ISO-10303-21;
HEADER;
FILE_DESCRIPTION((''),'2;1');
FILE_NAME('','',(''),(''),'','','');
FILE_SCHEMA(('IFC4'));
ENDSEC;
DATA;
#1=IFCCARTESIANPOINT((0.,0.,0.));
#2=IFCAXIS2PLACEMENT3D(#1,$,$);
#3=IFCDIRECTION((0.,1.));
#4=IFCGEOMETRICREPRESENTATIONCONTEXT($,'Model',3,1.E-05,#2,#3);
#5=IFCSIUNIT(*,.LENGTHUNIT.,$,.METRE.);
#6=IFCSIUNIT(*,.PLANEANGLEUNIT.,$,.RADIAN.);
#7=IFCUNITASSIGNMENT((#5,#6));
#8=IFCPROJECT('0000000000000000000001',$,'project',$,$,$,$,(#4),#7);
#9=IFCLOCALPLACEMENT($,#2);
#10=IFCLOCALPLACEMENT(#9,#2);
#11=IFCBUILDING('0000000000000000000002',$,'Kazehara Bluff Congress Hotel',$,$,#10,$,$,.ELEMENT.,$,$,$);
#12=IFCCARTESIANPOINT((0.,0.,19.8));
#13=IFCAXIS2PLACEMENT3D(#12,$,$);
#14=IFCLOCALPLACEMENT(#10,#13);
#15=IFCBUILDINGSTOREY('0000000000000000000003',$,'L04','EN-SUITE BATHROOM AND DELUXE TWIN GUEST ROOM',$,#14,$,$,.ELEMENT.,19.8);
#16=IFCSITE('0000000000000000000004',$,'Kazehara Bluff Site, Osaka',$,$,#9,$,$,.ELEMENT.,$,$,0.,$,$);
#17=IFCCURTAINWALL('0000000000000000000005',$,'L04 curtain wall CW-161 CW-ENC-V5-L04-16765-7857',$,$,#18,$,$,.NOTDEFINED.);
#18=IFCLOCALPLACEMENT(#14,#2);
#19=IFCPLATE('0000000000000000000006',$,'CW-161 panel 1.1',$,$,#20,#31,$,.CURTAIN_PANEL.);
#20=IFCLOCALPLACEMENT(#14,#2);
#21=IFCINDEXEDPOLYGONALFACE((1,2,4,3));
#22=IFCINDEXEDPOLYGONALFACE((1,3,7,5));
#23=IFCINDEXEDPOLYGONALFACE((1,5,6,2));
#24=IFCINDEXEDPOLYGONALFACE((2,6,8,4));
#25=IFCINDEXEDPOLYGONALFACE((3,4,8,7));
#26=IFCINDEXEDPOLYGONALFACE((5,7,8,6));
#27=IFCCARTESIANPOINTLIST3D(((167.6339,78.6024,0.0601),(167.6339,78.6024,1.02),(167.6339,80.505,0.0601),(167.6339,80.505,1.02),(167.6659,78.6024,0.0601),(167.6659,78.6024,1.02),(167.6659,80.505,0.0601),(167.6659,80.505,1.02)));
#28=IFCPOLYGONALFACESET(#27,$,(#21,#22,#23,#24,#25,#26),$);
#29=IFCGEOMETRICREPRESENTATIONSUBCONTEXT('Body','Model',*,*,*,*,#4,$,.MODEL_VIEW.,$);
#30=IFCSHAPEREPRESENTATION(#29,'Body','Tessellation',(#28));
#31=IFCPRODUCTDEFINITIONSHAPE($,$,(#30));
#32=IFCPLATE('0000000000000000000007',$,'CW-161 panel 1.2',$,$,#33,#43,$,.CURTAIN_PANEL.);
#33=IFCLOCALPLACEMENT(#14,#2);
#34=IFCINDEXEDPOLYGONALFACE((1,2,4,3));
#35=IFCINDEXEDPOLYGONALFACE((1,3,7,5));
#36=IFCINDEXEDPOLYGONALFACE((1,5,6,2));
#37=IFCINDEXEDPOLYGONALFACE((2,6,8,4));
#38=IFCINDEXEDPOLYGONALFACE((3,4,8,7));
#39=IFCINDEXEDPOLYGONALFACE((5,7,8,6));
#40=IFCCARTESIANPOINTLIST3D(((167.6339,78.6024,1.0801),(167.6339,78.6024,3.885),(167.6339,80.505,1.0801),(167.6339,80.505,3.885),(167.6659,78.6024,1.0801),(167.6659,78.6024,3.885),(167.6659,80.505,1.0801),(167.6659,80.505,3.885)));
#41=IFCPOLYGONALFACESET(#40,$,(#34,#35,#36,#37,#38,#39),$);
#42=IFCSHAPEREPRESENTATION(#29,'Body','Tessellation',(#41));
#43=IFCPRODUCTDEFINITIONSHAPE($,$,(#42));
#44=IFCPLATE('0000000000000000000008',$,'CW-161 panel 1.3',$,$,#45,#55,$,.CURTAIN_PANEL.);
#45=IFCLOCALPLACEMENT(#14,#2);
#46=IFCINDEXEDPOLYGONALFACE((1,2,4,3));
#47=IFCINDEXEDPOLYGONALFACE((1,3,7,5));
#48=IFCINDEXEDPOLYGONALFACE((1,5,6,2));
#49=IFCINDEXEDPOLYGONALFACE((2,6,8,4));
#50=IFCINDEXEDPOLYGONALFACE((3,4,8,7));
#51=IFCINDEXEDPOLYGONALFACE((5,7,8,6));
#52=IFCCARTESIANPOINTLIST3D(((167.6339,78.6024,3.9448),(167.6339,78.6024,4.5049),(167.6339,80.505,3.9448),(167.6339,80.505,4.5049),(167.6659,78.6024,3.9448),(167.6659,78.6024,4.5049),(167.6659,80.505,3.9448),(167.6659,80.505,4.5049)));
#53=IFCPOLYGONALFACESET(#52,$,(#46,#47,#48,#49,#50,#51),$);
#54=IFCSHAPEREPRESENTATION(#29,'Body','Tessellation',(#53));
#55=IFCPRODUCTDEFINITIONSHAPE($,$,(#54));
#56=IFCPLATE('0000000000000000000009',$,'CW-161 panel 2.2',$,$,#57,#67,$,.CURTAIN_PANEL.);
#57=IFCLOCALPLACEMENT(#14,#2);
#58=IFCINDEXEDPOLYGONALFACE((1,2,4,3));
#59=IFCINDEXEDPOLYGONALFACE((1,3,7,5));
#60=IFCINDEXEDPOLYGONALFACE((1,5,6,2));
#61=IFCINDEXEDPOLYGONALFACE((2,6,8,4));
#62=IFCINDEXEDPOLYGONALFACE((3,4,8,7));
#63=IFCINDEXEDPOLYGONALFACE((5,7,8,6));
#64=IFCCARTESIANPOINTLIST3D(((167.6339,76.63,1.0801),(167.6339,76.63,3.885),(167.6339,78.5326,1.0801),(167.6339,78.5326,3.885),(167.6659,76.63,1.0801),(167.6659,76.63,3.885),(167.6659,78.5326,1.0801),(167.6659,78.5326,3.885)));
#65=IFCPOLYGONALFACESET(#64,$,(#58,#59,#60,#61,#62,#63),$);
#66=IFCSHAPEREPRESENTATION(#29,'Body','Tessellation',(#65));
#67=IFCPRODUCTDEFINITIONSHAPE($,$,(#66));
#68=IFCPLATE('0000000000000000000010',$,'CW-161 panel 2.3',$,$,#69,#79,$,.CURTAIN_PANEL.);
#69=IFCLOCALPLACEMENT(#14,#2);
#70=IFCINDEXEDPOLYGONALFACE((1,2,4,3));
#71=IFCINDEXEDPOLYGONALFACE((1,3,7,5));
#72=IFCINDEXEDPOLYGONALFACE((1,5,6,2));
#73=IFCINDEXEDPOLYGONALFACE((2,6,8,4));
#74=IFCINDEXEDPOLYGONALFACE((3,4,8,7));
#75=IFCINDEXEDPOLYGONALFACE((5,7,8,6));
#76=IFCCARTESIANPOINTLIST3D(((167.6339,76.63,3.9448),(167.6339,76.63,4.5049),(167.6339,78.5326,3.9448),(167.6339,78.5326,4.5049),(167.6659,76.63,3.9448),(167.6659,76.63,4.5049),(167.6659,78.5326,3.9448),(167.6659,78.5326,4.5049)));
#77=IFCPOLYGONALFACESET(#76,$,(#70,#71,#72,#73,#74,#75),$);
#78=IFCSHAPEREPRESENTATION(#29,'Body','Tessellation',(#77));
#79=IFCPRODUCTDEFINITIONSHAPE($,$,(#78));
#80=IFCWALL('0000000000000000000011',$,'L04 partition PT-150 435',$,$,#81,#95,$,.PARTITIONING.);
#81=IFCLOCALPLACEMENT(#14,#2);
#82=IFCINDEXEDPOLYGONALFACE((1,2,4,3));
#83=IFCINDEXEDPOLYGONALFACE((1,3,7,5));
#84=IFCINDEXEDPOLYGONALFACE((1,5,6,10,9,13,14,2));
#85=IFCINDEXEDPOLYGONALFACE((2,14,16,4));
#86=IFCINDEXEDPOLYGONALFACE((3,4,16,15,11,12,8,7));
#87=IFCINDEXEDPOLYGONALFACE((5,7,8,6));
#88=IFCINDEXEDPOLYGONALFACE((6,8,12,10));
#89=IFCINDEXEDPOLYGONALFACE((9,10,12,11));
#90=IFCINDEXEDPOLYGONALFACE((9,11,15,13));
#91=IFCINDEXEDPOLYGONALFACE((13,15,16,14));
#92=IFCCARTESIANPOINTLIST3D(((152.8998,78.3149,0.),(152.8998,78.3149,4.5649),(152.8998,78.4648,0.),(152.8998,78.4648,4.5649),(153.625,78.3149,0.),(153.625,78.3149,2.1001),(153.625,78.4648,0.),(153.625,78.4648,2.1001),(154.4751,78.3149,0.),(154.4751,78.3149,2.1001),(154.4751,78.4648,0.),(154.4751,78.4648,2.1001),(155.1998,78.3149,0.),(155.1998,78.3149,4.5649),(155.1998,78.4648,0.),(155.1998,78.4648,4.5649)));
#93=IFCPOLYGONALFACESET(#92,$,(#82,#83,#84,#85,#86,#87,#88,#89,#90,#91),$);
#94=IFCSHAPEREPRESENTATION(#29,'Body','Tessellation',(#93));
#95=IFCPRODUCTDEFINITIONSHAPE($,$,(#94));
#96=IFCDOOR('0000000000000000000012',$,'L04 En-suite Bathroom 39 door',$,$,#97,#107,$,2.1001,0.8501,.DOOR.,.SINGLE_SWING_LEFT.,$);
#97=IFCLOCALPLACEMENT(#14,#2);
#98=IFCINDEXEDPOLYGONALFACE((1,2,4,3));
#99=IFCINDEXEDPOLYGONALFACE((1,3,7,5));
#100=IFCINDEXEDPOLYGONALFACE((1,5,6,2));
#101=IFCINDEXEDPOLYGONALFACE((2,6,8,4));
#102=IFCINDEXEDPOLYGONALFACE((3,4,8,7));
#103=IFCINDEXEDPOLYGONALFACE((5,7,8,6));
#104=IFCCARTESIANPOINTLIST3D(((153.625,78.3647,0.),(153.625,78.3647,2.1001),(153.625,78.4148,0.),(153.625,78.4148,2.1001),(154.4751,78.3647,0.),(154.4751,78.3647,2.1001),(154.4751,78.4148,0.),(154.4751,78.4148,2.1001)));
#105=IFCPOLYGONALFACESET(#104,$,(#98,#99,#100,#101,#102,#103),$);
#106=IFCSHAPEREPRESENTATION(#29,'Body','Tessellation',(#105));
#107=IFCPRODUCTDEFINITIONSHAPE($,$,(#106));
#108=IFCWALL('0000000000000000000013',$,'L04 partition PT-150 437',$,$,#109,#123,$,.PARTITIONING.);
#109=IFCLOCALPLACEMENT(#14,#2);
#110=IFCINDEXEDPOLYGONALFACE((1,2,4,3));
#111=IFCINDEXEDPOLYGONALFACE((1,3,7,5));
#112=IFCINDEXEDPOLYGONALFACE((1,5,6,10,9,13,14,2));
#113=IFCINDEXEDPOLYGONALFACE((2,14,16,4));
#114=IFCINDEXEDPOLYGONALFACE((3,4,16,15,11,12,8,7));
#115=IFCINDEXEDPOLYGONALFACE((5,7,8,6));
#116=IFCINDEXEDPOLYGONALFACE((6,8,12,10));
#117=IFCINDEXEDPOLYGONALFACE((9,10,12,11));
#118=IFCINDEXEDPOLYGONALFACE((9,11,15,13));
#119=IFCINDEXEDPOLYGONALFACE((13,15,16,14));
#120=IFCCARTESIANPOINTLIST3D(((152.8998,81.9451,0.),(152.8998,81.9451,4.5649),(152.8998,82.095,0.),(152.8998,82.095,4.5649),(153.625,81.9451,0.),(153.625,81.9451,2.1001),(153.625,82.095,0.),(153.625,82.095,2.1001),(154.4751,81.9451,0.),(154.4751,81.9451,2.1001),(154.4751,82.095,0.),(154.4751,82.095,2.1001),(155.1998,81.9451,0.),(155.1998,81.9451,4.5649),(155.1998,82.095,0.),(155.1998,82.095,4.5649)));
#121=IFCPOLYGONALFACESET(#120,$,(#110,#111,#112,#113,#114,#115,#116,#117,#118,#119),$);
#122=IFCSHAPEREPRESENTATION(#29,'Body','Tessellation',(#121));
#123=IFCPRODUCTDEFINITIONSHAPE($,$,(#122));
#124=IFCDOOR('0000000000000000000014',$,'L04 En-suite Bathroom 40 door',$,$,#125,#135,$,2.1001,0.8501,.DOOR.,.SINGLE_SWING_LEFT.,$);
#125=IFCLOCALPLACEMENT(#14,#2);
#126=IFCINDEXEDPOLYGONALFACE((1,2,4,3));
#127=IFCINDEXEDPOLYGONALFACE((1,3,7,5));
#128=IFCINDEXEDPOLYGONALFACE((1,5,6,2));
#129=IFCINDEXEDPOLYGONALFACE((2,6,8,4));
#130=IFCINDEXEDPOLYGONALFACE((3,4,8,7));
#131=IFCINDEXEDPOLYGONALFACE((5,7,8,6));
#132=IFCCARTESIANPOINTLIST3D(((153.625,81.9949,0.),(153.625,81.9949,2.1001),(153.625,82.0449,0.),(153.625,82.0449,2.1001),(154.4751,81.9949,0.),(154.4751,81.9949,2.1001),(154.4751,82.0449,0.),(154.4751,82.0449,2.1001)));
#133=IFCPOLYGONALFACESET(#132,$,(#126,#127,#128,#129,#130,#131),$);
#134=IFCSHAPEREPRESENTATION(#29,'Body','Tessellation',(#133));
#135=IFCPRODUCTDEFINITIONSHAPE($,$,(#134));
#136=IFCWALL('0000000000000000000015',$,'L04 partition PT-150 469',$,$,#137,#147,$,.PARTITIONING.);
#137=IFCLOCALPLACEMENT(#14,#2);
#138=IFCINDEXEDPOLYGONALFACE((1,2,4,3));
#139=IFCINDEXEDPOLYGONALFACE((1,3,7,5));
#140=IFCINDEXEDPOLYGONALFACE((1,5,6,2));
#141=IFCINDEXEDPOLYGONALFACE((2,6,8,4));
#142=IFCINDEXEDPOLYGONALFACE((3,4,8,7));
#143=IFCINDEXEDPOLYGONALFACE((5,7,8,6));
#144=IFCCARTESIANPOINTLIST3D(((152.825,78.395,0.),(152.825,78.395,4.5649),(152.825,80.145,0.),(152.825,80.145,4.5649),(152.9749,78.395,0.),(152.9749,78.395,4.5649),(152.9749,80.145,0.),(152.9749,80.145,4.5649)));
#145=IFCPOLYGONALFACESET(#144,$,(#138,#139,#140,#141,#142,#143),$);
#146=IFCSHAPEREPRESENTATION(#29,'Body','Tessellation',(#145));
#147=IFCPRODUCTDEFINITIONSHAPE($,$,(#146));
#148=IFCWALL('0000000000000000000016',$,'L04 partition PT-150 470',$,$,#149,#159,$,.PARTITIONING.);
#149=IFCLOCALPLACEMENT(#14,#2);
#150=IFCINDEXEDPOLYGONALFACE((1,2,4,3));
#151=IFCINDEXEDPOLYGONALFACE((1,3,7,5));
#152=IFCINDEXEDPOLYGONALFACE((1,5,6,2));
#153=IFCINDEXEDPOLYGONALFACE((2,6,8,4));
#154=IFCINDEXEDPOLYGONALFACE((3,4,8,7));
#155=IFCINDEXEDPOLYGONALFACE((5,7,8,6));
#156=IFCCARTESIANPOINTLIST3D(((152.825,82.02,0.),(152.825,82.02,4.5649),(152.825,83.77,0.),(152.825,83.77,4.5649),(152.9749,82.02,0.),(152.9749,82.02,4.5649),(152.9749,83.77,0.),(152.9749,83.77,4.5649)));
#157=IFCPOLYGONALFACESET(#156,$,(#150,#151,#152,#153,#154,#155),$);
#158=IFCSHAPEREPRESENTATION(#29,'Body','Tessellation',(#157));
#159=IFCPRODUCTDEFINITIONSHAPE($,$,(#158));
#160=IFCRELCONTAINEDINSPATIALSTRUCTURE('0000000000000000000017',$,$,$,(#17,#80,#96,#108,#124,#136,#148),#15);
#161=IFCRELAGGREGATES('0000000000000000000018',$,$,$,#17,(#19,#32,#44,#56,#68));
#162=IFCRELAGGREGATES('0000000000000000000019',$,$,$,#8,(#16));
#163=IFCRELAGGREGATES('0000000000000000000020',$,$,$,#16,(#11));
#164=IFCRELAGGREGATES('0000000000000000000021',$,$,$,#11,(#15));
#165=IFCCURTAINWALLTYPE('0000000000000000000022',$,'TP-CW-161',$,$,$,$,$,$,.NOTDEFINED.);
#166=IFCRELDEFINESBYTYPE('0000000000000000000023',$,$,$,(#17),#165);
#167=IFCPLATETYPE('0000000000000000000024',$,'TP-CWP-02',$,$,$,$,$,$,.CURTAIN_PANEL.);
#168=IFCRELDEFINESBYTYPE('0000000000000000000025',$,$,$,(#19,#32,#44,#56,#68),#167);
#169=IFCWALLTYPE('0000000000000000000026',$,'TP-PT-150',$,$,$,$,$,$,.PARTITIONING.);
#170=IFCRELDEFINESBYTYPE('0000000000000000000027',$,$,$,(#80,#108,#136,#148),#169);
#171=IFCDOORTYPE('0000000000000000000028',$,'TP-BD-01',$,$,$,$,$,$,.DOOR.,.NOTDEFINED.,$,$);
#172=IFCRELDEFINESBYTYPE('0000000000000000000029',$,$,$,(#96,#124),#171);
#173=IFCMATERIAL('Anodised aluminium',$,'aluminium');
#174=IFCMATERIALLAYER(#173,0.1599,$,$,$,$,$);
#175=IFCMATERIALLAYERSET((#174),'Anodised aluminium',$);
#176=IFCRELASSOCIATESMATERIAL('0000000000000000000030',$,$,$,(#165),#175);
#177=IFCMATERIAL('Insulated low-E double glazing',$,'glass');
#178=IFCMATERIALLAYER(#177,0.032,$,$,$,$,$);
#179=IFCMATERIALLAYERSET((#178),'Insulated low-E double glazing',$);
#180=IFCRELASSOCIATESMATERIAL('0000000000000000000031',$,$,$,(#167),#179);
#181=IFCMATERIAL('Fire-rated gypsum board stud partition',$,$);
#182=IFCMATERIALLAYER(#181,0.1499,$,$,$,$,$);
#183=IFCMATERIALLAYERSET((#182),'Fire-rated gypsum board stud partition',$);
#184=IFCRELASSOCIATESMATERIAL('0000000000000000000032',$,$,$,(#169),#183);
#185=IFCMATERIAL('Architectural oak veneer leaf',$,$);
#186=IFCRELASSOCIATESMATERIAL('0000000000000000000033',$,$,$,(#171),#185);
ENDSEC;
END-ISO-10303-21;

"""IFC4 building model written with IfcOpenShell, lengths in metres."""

from ifc_helpers import new_model, si_unit, direction, frame, frame_2d, origin, origin_2d, place, context, subcontext, project, spatial, rectangle, extrude, material, layer, layer_set, type_object, element, fill, aggregate, save


model = new_model("IFC4")

# Units and contexts
model_context = context("Model", 3, precision=1e-05, world=origin(), true_north=direction((0.0, 1.0)))
body_context = subcontext(model_context, "Body", "Model", "MODEL_VIEW")
ifc_project = project(units=[si_unit("LENGTHUNIT", "METRE"), si_unit("PLANEANGLEUNIT", "RADIAN")], contexts=[model_context])

# Site, building, storey
site_placement = place(None, origin())
site = spatial("IfcSite", under=ifc_project, at=site_placement, Name="Kazehara Bluff Site, Osaka", CompositionType="ELEMENT", RefElevation=0.0)
building_placement = place(site_placement, origin())
building = spatial("IfcBuilding", under=site, at=building_placement, Name="Kazehara Bluff Congress Hotel", CompositionType="ELEMENT")
storey_placement = place(building_placement, frame((0.0, 0.0, 19.8)))
storey = spatial("IfcBuildingStorey", under=building, at=storey_placement, Name="L04", Description="EN-SUITE BATHROOM AND DELUXE TWIN GUEST ROOM", CompositionType="ELEMENT", Elevation=19.8)

# Curtain wall
ifc_material_1 = material(Name="Anodised aluminium", Category="aluminium")
ifc_layer_1 = layer(ifc_material_1, 0.1599)
ifc_layer_set_1 = layer_set([ifc_layer_1], Name="Anodised aluminium")
curtain_wall_type_1 = type_object("IfcCurtainWallType", Name="TP-CW-161", PredefinedType="NOTDEFINED", material=ifc_layer_set_1)
curtain_wall_1_placement = place(storey_placement, origin())
curtain_wall_1 = element("IfcCurtainWall", 1, at=curtain_wall_1_placement, inside=storey, type_object=curtain_wall_type_1, Name="L04 curtain wall CW-161 CW-ENC-V5-L04-16765-7857", PredefinedType="NOTDEFINED")

# Plates
ifc_material_2 = material(Name="Insulated low-E double glazing", Category="glass")
ifc_layer_2 = layer(ifc_material_2, 0.032)
ifc_layer_set_2 = layer_set([ifc_layer_2], Name="Insulated low-E double glazing")
plate_type_1 = type_object("IfcPlateType", Name="TP-CWP-02", PredefinedType="CURTAIN_PANEL", material=ifc_layer_set_2)
plate_1_placement = place(storey_placement, frame((167.6499, 79.5537, 0.0601), z_axis=(0.0, 0.0, 1.0), x_axis=(0.0, -1.0, 0.0)))
plate_1 = element("IfcPlate", 2, at=plate_1_placement, type_object=plate_type_1, Name="CW-161 panel 1.1", PredefinedType="CURTAIN_PANEL", context=body_context, shape_type="SweptSolid", body=[
    extrude(rectangle(XDim=1.9026, YDim=0.032, at=origin_2d()), origin(), (0.0, 0.0, 1.0), 0.96),
])
plate_2_placement = place(storey_placement, frame((167.6499, 79.5537, 1.0801), z_axis=(0.0, 0.0, 1.0), x_axis=(0.0, -1.0, 0.0)))
plate_2 = element("IfcPlate", 3, at=plate_2_placement, type_object=plate_type_1, Name="CW-161 panel 1.2", PredefinedType="CURTAIN_PANEL", context=body_context, shape_type="SweptSolid", body=[
    extrude(rectangle(XDim=1.9026, YDim=0.032, at=origin_2d()), origin(), (0.0, 0.0, 1.0), 2.8049),
])
plate_3_placement = place(storey_placement, frame((167.6499, 79.5537, 3.9448), z_axis=(0.0, 0.0, 1.0), x_axis=(0.0, -1.0, 0.0)))
plate_3 = element("IfcPlate", 4, at=plate_3_placement, type_object=plate_type_1, Name="CW-161 panel 1.3", PredefinedType="CURTAIN_PANEL", context=body_context, shape_type="SweptSolid", body=[
    extrude(rectangle(XDim=1.9026, YDim=0.032, at=origin_2d()), origin(), (0.0, 0.0, 1.0), 0.5601),
])
plate_4_placement = place(storey_placement, frame((167.6499, 77.5813, 1.0801), z_axis=(0.0, 0.0, 1.0), x_axis=(0.0, -1.0, 0.0)))
plate_4 = element("IfcPlate", 5, at=plate_4_placement, type_object=plate_type_1, Name="CW-161 panel 2.2", PredefinedType="CURTAIN_PANEL", context=body_context, shape_type="SweptSolid", body=[
    extrude(rectangle(XDim=1.9026, YDim=0.032, at=origin_2d()), origin(), (0.0, 0.0, 1.0), 2.8049),
])
plate_5_placement = place(storey_placement, frame((167.6499, 77.5813, 3.9448), z_axis=(0.0, 0.0, 1.0), x_axis=(0.0, -1.0, 0.0)))
plate_5 = element("IfcPlate", 6, at=plate_5_placement, type_object=plate_type_1, Name="CW-161 panel 2.3", PredefinedType="CURTAIN_PANEL", context=body_context, shape_type="SweptSolid", body=[
    extrude(rectangle(XDim=1.9026, YDim=0.032, at=origin_2d()), origin(), (0.0, 0.0, 1.0), 0.5601),
])
aggregate(curtain_wall_1, [plate_1, plate_2, plate_3, plate_4, plate_5])

# Walls, openings, doors
ifc_material_3 = material(Name="Fire-rated gypsum board stud partition")
ifc_layer_3 = layer(ifc_material_3, 0.1499)
ifc_layer_set_3 = layer_set([ifc_layer_3], Name="Fire-rated gypsum board stud partition")
wall_type = type_object("IfcWallType", Name="TP-PT-150", PredefinedType="PARTITIONING", material=ifc_layer_set_3)
wall_1_placement = place(storey_placement, frame((152.8999, 78.3899, 0.0), z_axis=(0.0, 0.0, 1.0), x_axis=(1.0, 0.0, 0.0)))
wall_1 = element("IfcWall", 7, at=wall_1_placement, inside=storey, type_object=wall_type, Name="L04 partition PT-150 435", PredefinedType="PARTITIONING", context=body_context, shape_type="SweptSolid", body=[
    extrude(rectangle(XDim=2.3, YDim=0.1499, at=frame_2d((1.1499, 0.0))), origin(), (0.0, 0.0, 1.0), 4.5649),
])
opening_1_placement = place(wall_1_placement, frame((0.7251, 0.0, 0.0)))
opening_1 = element("IfcOpeningElement", 8, at=opening_1_placement, cuts=wall_1, PredefinedType="OPENING", context=body_context, shape_type="SweptSolid", body=[
    extrude(rectangle(XDim=0.8501, YDim=2.1001, at=frame_2d((0.425, 1.05))), frame((0.0, 0.085, 0.0), z_axis=(0.0, -1.0, 0.0), x_axis=(1.0, 0.0, 0.0)), (0.0, 0.0, 1.0), 0.1699),
])
ifc_material_4 = material(Name="Architectural oak veneer leaf")
door_type = type_object("IfcDoorType", Name="TP-BD-01", OperationType="NOTDEFINED", PredefinedType="DOOR", material=ifc_material_4)
door_1_placement = place(opening_1_placement, origin())
door_1 = element("IfcDoor", 9, at=door_1_placement, inside=storey, type_object=door_type, Name="L04 En-suite Bathroom 39 door", OperationType="SINGLE_SWING_LEFT", OverallHeight=2.1001, OverallWidth=0.8501, PredefinedType="DOOR", context=body_context, shape_type="SweptSolid", body=[
    extrude(rectangle(XDim=0.8501, YDim=2.1001, at=frame_2d((0.425, 1.05))), frame((0.0, 0.0249, 0.0), z_axis=(0.0, -1.0, 0.0), x_axis=(1.0, 0.0, 0.0)), (0.0, 0.0, 1.0), 0.05),
])
fill(opening_1, door_1)
wall_2_placement = place(storey_placement, frame((152.8999, 82.02, 0.0), z_axis=(0.0, 0.0, 1.0), x_axis=(1.0, 0.0, 0.0)))
wall_2 = element("IfcWall", 10, at=wall_2_placement, inside=storey, type_object=wall_type, Name="L04 partition PT-150 437", PredefinedType="PARTITIONING", context=body_context, shape_type="SweptSolid", body=[
    extrude(rectangle(XDim=2.3, YDim=0.1499, at=frame_2d((1.1499, 0.0))), origin(), (0.0, 0.0, 1.0), 4.5649),
])
opening_2_placement = place(wall_2_placement, frame((0.7251, 0.0, 0.0)))
opening_2 = element("IfcOpeningElement", 11, at=opening_2_placement, cuts=wall_2, PredefinedType="OPENING", context=body_context, shape_type="SweptSolid", body=[
    extrude(rectangle(XDim=0.8501, YDim=2.1001, at=frame_2d((0.425, 1.05))), frame((0.0, 0.085, 0.0), z_axis=(0.0, -1.0, 0.0), x_axis=(1.0, 0.0, 0.0)), (0.0, 0.0, 1.0), 0.1699),
])
door_2_placement = place(opening_2_placement, origin())
door_2 = element("IfcDoor", 12, at=door_2_placement, inside=storey, type_object=door_type, Name="L04 En-suite Bathroom 40 door", OperationType="SINGLE_SWING_LEFT", OverallHeight=2.1001, OverallWidth=0.8501, PredefinedType="DOOR", context=body_context, shape_type="SweptSolid", body=[
    extrude(rectangle(XDim=0.8501, YDim=2.1001, at=frame_2d((0.425, 1.05))), frame((0.0, 0.0249, 0.0), z_axis=(0.0, -1.0, 0.0), x_axis=(1.0, 0.0, 0.0)), (0.0, 0.0, 1.0), 0.05),
])
fill(opening_2, door_2)

# Walls
for number, where, z_axis, x_axis, name in (
    (13, (152.8999, 78.395, 0.0), (0.0, 0.0, 1.0), (0.0, 1.0, 0.0), "L04 partition PT-150 469"),
    (14, (152.8999, 82.02, 0.0), (0.0, 0.0, 1.0), (0.0, 1.0, 0.0), "L04 partition PT-150 470"),
):
    element("IfcWall", number, at=place(storey_placement, frame(where, z_axis=z_axis, x_axis=x_axis)), inside=storey, type_object=wall_type, Name=name, PredefinedType="PARTITIONING", context=body_context, shape_type="SweptSolid", body=[
        extrude(rectangle(XDim=1.75, YDim=0.1499, at=frame_2d((0.875, 0.0))), origin(), (0.0, 0.0, 1.0), 4.5649),
    ])

save(model, "model.ifc")
